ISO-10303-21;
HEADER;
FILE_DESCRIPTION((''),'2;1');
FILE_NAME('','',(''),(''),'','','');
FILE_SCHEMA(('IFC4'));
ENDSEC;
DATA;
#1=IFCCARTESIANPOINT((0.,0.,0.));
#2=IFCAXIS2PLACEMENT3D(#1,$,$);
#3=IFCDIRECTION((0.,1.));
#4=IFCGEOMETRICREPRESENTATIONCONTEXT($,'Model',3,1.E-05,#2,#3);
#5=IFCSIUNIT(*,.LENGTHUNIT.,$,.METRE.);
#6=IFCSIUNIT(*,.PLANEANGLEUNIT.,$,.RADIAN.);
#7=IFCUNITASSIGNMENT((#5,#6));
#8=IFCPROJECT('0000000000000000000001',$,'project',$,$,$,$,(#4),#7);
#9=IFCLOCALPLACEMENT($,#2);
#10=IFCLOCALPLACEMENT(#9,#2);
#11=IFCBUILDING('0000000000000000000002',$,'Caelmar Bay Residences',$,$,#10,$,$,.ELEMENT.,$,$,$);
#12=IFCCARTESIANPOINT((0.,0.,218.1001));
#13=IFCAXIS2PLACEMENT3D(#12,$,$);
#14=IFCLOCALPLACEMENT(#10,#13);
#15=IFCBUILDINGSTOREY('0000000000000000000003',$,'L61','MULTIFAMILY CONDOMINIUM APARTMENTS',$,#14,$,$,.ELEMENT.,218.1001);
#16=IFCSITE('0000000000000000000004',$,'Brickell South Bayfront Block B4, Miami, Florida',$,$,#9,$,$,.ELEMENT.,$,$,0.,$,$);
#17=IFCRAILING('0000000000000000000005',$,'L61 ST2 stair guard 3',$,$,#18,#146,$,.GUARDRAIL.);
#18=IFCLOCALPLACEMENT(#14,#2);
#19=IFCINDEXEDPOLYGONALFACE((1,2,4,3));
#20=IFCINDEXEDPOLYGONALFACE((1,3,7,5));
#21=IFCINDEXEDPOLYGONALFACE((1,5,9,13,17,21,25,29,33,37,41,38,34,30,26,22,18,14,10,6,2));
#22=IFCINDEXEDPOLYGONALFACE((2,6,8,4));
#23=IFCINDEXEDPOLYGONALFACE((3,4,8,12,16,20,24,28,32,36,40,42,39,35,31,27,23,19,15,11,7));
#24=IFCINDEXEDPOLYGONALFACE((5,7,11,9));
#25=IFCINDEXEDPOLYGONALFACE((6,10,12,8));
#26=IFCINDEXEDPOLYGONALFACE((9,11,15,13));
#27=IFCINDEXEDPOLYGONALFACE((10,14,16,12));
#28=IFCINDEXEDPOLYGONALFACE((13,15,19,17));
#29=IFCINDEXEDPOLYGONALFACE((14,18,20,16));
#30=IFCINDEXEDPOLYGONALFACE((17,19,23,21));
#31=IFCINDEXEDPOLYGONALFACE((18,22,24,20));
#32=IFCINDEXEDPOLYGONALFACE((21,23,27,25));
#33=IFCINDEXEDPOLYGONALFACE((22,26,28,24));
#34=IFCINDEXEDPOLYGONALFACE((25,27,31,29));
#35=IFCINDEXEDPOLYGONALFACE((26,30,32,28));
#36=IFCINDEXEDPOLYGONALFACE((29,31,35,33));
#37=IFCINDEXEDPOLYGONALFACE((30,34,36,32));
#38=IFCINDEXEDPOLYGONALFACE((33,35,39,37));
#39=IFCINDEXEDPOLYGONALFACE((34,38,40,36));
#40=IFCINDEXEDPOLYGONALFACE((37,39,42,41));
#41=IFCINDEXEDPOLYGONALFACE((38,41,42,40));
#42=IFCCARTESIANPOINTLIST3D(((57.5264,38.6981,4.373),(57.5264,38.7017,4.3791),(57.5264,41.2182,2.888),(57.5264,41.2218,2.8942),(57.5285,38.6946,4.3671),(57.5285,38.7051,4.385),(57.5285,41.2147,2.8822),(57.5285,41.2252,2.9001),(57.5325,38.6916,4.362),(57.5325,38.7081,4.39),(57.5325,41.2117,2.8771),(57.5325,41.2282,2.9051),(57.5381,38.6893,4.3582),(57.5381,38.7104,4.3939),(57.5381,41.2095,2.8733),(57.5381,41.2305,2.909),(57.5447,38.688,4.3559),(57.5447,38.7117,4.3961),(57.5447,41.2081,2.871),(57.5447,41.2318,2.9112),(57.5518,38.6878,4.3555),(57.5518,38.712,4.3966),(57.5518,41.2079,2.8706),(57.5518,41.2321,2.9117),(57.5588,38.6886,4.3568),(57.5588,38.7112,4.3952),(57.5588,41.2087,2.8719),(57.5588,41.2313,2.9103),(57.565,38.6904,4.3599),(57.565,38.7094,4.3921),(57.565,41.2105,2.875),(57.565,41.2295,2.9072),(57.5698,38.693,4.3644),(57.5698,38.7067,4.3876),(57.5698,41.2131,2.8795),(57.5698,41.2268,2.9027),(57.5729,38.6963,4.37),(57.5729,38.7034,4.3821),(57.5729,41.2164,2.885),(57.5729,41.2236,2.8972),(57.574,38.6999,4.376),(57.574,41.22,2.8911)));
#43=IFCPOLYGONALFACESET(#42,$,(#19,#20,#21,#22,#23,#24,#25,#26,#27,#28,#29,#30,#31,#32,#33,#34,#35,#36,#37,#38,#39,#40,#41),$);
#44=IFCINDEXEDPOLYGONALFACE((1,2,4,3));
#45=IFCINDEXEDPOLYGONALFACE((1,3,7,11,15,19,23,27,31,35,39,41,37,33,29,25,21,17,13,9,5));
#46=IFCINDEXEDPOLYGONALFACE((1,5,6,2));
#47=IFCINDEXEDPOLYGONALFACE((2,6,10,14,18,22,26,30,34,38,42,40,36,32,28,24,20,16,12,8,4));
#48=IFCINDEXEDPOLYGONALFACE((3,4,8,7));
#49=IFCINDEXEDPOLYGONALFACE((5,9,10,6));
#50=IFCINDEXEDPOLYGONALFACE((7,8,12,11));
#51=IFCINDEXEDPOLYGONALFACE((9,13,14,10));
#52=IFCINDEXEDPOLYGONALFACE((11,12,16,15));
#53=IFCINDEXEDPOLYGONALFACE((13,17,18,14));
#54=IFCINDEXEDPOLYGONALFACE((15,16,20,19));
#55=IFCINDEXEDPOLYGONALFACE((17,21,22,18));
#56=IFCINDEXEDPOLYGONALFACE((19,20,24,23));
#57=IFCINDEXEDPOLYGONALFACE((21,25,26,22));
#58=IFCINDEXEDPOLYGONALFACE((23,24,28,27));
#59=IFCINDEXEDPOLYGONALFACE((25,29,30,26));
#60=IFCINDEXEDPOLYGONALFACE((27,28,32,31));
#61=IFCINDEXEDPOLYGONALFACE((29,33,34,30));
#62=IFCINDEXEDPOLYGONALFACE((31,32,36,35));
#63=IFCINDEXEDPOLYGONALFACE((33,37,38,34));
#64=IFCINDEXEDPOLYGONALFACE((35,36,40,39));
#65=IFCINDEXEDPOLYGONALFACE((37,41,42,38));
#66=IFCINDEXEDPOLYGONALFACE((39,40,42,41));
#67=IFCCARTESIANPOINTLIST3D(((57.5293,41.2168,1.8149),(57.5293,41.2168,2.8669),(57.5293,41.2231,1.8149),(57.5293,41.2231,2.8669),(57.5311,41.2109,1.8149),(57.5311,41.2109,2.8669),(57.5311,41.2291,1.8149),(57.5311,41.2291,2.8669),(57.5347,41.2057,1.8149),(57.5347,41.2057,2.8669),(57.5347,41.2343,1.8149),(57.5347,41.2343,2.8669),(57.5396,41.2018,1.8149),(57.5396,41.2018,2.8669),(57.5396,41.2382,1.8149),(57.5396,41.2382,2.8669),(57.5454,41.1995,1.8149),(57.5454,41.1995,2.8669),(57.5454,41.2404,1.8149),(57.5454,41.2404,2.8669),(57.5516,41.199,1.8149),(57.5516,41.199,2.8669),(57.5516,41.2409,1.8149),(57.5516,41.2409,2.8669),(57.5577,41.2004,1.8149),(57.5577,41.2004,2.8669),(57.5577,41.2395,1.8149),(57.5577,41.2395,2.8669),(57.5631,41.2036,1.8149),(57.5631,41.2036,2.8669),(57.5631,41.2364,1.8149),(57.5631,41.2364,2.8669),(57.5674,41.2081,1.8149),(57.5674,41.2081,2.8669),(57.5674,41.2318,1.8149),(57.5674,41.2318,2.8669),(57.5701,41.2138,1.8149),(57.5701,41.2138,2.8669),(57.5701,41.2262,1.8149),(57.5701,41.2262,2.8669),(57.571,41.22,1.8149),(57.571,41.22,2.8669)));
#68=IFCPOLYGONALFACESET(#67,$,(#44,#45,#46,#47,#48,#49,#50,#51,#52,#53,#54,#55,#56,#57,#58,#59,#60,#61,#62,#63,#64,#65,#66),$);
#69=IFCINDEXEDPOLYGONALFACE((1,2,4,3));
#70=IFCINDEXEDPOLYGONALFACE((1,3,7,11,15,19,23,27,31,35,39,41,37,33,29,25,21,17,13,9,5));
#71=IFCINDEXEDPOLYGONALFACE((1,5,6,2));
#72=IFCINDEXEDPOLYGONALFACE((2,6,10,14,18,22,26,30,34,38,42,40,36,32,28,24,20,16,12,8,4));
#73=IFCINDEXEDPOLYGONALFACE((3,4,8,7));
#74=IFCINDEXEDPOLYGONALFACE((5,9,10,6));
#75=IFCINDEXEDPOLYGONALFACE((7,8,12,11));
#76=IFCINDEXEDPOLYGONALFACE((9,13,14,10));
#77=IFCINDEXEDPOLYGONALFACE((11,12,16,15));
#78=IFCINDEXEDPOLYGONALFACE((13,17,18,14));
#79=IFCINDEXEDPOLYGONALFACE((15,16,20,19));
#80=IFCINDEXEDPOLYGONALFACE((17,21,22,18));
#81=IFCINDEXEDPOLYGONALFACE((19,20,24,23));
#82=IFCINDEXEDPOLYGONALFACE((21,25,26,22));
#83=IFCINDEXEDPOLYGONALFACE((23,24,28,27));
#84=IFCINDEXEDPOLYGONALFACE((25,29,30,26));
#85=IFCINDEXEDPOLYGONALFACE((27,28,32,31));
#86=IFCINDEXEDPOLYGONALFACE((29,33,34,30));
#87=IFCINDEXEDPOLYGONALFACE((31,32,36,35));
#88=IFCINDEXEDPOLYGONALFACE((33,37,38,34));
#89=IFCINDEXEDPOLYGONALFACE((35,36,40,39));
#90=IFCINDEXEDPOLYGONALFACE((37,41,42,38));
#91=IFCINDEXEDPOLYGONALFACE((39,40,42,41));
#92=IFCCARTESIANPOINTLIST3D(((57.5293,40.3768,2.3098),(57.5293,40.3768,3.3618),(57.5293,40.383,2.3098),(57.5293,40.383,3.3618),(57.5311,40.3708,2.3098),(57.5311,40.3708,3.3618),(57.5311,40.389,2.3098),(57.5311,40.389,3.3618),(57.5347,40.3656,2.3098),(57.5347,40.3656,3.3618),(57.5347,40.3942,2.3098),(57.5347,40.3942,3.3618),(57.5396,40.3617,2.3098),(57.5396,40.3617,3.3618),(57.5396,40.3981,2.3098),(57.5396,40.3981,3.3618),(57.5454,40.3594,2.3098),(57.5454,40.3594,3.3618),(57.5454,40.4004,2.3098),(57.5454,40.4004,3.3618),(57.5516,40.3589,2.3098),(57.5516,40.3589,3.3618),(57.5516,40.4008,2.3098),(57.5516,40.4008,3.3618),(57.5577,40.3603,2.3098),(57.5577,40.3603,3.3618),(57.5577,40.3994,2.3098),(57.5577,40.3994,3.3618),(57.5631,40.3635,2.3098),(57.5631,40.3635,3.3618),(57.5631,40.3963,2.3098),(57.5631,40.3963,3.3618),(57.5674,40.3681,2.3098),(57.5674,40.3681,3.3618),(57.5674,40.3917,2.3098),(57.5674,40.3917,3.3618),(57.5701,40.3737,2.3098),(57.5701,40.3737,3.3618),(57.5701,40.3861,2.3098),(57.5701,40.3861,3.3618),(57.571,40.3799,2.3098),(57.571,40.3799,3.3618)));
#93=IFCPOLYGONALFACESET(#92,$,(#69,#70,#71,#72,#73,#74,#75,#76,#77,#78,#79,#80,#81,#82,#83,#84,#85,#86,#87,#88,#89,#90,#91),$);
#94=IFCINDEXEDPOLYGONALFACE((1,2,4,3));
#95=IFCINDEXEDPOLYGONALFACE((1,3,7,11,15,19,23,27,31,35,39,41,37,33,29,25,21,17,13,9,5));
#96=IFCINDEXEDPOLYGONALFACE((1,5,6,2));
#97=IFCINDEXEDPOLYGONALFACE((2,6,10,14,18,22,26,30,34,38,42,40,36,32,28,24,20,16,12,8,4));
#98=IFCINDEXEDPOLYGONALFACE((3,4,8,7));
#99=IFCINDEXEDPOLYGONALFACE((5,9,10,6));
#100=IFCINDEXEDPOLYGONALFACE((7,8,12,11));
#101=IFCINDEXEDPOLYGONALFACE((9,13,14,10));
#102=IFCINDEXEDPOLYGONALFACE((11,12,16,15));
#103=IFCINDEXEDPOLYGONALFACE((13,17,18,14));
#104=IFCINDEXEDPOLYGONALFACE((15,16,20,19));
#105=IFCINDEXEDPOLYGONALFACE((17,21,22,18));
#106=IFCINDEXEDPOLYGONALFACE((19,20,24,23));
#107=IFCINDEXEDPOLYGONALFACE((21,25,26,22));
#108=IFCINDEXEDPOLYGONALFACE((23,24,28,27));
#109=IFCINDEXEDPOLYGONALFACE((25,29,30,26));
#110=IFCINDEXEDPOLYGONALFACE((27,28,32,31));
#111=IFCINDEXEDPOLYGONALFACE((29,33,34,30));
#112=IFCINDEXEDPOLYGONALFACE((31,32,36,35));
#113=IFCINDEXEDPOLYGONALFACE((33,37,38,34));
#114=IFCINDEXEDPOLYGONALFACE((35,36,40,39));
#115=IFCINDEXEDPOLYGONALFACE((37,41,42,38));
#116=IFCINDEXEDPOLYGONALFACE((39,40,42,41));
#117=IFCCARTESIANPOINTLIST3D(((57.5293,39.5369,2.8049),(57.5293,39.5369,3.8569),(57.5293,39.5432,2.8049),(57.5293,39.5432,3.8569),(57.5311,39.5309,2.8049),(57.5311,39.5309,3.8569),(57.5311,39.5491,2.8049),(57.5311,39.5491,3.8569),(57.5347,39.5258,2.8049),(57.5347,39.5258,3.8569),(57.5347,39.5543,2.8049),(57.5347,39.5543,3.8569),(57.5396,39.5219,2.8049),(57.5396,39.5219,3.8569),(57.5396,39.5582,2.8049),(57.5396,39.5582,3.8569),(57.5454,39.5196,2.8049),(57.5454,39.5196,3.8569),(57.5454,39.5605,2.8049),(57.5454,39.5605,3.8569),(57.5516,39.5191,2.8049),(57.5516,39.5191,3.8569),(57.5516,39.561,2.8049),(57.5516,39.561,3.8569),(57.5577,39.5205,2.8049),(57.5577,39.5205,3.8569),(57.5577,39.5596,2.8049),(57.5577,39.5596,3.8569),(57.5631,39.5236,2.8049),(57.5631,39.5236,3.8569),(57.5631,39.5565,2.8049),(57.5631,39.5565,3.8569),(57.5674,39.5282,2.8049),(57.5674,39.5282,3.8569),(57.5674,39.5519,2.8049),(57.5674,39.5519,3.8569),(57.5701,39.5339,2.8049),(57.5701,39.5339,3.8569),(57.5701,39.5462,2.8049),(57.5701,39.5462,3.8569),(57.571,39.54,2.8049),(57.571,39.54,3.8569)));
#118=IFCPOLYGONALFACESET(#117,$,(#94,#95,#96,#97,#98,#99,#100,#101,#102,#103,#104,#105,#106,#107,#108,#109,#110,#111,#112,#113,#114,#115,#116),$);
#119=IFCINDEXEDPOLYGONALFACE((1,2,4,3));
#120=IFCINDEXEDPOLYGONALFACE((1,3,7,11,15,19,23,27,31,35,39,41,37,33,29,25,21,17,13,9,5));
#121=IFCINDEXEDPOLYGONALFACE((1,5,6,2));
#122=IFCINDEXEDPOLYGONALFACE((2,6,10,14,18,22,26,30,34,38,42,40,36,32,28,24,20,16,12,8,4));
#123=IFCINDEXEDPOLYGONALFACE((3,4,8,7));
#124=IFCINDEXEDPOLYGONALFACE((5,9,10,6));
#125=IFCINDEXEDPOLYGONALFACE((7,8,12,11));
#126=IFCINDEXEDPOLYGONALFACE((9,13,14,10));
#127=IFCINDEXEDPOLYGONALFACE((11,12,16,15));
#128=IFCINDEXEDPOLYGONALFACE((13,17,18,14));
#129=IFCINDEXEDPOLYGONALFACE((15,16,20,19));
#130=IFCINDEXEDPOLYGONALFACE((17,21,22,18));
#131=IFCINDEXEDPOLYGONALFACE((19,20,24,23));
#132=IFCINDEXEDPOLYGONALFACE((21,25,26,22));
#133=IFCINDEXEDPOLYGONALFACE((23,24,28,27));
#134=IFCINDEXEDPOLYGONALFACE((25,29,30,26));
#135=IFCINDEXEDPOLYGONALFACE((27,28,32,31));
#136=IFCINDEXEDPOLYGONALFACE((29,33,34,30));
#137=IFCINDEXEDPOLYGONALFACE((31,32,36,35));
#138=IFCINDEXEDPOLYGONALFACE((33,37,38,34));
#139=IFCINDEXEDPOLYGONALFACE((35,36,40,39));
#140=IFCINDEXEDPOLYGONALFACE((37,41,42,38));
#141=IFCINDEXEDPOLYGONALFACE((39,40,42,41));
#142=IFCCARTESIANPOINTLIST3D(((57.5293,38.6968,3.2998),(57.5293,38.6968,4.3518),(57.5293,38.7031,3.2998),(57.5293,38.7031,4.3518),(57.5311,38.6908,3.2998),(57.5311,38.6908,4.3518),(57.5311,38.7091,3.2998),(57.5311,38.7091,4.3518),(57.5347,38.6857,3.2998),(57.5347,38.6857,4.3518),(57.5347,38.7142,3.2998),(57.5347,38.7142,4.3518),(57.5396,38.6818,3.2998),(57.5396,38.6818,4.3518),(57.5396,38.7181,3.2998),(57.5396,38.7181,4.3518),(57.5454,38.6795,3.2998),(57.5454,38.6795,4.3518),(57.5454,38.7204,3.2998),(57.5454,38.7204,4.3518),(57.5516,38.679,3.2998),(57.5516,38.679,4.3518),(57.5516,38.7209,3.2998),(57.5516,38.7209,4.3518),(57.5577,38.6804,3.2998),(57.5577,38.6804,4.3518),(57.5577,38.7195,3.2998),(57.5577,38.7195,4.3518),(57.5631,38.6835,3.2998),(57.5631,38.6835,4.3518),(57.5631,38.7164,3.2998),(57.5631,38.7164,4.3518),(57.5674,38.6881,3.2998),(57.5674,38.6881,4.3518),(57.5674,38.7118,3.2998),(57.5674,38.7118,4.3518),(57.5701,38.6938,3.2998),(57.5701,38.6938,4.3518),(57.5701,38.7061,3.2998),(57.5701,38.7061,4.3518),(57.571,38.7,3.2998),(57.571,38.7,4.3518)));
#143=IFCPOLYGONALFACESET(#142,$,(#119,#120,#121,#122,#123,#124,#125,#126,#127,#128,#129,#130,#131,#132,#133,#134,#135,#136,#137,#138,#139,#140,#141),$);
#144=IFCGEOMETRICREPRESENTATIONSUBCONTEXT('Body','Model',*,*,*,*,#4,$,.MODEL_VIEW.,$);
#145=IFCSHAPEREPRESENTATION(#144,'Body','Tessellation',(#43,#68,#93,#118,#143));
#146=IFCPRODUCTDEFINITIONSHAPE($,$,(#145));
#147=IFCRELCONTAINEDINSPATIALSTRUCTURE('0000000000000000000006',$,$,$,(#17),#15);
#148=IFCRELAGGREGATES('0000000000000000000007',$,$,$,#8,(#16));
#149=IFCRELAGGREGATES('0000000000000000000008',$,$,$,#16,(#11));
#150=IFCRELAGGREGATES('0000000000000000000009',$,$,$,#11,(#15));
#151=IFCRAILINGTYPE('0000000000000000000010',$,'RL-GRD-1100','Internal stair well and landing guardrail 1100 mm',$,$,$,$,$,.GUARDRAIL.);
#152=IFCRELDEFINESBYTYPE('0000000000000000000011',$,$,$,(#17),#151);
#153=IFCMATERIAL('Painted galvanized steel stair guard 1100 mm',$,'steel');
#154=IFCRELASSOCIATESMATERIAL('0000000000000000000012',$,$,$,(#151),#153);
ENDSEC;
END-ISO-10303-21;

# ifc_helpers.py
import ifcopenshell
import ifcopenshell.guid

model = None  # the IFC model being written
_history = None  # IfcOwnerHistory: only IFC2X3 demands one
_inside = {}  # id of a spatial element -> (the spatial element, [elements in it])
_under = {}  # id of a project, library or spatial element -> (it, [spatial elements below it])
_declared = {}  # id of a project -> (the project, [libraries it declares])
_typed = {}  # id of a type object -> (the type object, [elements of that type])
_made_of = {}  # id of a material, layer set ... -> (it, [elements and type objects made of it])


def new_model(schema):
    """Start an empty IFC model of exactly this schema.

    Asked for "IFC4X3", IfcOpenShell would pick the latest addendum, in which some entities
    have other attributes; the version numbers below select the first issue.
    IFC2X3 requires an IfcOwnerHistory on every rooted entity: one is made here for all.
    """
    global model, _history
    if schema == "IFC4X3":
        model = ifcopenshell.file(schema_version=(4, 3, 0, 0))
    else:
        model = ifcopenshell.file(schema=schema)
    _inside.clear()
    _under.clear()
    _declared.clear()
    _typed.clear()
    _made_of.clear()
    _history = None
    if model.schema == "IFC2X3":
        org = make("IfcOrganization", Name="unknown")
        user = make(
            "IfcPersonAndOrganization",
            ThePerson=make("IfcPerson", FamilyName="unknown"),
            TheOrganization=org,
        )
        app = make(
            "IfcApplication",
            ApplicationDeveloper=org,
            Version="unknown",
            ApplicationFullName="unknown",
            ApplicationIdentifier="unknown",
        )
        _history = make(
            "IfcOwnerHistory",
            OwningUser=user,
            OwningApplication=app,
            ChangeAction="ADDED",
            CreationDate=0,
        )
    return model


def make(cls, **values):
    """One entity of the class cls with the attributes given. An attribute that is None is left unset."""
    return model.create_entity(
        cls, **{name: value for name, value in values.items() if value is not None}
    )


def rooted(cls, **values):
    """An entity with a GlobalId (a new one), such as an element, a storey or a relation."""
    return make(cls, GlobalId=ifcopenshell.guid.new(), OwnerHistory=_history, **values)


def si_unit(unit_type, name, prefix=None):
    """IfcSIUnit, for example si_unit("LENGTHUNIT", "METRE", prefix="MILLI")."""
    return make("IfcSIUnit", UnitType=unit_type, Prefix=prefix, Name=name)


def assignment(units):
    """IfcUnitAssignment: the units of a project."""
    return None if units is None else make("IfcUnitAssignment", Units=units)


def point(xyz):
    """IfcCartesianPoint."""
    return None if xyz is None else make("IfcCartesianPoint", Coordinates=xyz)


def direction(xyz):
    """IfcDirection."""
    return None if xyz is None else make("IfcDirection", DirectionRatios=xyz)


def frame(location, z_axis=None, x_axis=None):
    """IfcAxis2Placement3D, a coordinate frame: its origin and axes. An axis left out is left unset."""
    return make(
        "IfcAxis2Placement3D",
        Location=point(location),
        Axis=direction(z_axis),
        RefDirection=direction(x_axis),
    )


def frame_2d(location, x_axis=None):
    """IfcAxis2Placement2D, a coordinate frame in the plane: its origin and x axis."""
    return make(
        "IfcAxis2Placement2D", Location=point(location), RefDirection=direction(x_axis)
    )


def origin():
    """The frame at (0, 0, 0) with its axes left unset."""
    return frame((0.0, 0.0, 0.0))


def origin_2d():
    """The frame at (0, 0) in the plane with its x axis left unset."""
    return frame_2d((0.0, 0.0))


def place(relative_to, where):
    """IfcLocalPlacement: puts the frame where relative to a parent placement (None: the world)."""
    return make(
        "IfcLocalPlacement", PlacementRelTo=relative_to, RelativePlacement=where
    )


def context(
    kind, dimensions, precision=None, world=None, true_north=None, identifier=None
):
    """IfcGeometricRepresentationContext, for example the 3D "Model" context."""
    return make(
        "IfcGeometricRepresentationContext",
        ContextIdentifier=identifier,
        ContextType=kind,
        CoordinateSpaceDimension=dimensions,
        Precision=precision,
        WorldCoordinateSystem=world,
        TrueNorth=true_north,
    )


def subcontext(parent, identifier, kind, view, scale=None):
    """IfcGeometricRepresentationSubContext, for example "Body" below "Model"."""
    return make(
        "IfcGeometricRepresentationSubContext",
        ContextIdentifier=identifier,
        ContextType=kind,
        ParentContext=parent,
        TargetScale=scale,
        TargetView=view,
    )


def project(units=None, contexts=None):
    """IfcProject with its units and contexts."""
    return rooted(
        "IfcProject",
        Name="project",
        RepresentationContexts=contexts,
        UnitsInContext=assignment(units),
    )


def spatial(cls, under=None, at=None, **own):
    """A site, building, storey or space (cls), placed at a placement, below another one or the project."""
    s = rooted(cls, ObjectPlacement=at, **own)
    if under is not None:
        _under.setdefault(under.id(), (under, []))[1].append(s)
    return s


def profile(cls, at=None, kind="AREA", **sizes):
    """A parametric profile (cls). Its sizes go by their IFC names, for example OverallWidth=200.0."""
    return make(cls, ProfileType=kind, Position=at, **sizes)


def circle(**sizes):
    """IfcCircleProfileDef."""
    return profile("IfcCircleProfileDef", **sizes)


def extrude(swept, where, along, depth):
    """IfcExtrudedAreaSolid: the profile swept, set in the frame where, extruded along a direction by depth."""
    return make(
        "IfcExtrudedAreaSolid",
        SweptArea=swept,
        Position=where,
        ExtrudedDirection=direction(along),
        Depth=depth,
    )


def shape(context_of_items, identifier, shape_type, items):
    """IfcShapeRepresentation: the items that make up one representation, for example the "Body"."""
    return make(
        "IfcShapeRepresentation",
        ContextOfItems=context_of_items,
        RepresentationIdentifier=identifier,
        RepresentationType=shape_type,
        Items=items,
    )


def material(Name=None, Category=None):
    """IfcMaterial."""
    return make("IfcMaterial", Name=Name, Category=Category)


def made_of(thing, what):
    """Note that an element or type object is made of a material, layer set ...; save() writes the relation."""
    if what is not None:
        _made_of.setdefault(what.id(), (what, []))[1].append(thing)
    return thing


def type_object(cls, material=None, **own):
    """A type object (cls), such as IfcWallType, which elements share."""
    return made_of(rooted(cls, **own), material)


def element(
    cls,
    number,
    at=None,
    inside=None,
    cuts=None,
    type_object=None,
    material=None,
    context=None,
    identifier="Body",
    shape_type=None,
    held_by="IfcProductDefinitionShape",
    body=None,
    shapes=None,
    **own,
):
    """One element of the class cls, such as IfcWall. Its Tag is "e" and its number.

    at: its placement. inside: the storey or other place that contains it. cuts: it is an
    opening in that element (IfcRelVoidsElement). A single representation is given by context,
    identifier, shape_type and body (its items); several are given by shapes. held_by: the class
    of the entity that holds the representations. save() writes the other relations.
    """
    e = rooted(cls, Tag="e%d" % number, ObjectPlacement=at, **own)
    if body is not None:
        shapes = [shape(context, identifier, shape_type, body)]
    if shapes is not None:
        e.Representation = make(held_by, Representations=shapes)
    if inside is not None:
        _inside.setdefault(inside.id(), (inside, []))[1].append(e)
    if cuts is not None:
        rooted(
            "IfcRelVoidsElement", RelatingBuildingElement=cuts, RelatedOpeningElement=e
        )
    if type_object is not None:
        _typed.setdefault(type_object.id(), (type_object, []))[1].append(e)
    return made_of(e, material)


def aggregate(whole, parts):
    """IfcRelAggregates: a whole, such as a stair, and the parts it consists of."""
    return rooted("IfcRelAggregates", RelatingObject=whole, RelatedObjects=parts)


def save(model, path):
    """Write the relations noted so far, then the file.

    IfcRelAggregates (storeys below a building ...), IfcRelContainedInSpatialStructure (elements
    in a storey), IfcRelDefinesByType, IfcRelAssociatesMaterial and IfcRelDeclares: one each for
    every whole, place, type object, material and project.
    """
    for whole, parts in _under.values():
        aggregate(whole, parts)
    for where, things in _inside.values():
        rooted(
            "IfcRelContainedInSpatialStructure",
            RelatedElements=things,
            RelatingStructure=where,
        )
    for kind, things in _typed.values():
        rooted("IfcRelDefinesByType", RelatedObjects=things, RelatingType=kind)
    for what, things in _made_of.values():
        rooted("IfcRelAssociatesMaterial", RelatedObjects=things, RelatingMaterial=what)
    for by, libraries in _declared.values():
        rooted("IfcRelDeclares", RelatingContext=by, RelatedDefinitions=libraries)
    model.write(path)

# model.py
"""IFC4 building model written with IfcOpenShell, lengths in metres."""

from ifc_helpers import new_model, si_unit, direction, frame, origin, origin_2d, place, context, subcontext, project, spatial, circle, extrude, material, type_object, element, save


model = new_model("IFC4")

# Units and contexts
model_context = context("Model", 3, precision=1e-05, world=origin(), true_north=direction((0.0, 1.0)))
body_context = subcontext(model_context, "Body", "Model", "MODEL_VIEW")
ifc_project = project(units=[si_unit("LENGTHUNIT", "METRE"), si_unit("PLANEANGLEUNIT", "RADIAN")], contexts=[model_context])

# Site, building, storey
site_placement = place(None, origin())
site = spatial("IfcSite", under=ifc_project, at=site_placement, Name="Brickell South Bayfront Block B4, Miami, Florida", CompositionType="ELEMENT", RefElevation=0.0)
building_placement = place(site_placement, origin())
building = spatial("IfcBuilding", under=site, at=building_placement, Name="Caelmar Bay Residences", CompositionType="ELEMENT")
storey_placement = place(building_placement, frame((0.0, 0.0, 218.1001)))
storey = spatial("IfcBuildingStorey", under=building, at=storey_placement, Name="L61", Description="MULTIFAMILY CONDOMINIUM APARTMENTS", CompositionType="ELEMENT", Elevation=218.1001)

# Railing
ifc_material_1 = material(Name="Painted galvanized steel stair guard 1100 mm", Category="steel")
railing_type_1 = type_object("IfcRailingType", Name="RL-GRD-1100", Description="Internal stair well and landing guardrail 1100 mm", PredefinedType="GUARDRAIL", material=ifc_material_1)
railing_1_placement = place(storey_placement, frame((57.55, 41.22, 1.8149)))
element("IfcRailing", 1, at=railing_1_placement, inside=storey, type_object=railing_type_1, Name="L61 ST2 stair guard 3", PredefinedType="GUARDRAIL", context=body_context, shape_type="SweptSolid", body=[
    extrude(circle(Radius=0.0239, at=origin_2d()), frame((0.0, 0.0, 1.0762), z_axis=(0.0, -0.861561, 0.507655), x_axis=(1.0, 0.0, 0.0)), (0.0, 0.0, 1.0), 2.925),
    extrude(circle(Radius=0.021, at=origin_2d()), origin(), (0.0, 0.0, 1.0), 1.052),
    extrude(circle(Radius=0.021, at=origin_2d()), frame((0.0, -0.8401, 0.4949)), (0.0, 0.0, 1.0), 1.052),
    extrude(circle(Radius=0.021, at=origin_2d()), frame((0.0, -1.6799, 0.99)), (0.0, 0.0, 1.0), 1.052),
    extrude(circle(Radius=0.021, at=origin_2d()), frame((0.0, -2.52, 1.4849)), (0.0, 0.0, 1.0), 1.052),
])

save(model, "model.ifc")
